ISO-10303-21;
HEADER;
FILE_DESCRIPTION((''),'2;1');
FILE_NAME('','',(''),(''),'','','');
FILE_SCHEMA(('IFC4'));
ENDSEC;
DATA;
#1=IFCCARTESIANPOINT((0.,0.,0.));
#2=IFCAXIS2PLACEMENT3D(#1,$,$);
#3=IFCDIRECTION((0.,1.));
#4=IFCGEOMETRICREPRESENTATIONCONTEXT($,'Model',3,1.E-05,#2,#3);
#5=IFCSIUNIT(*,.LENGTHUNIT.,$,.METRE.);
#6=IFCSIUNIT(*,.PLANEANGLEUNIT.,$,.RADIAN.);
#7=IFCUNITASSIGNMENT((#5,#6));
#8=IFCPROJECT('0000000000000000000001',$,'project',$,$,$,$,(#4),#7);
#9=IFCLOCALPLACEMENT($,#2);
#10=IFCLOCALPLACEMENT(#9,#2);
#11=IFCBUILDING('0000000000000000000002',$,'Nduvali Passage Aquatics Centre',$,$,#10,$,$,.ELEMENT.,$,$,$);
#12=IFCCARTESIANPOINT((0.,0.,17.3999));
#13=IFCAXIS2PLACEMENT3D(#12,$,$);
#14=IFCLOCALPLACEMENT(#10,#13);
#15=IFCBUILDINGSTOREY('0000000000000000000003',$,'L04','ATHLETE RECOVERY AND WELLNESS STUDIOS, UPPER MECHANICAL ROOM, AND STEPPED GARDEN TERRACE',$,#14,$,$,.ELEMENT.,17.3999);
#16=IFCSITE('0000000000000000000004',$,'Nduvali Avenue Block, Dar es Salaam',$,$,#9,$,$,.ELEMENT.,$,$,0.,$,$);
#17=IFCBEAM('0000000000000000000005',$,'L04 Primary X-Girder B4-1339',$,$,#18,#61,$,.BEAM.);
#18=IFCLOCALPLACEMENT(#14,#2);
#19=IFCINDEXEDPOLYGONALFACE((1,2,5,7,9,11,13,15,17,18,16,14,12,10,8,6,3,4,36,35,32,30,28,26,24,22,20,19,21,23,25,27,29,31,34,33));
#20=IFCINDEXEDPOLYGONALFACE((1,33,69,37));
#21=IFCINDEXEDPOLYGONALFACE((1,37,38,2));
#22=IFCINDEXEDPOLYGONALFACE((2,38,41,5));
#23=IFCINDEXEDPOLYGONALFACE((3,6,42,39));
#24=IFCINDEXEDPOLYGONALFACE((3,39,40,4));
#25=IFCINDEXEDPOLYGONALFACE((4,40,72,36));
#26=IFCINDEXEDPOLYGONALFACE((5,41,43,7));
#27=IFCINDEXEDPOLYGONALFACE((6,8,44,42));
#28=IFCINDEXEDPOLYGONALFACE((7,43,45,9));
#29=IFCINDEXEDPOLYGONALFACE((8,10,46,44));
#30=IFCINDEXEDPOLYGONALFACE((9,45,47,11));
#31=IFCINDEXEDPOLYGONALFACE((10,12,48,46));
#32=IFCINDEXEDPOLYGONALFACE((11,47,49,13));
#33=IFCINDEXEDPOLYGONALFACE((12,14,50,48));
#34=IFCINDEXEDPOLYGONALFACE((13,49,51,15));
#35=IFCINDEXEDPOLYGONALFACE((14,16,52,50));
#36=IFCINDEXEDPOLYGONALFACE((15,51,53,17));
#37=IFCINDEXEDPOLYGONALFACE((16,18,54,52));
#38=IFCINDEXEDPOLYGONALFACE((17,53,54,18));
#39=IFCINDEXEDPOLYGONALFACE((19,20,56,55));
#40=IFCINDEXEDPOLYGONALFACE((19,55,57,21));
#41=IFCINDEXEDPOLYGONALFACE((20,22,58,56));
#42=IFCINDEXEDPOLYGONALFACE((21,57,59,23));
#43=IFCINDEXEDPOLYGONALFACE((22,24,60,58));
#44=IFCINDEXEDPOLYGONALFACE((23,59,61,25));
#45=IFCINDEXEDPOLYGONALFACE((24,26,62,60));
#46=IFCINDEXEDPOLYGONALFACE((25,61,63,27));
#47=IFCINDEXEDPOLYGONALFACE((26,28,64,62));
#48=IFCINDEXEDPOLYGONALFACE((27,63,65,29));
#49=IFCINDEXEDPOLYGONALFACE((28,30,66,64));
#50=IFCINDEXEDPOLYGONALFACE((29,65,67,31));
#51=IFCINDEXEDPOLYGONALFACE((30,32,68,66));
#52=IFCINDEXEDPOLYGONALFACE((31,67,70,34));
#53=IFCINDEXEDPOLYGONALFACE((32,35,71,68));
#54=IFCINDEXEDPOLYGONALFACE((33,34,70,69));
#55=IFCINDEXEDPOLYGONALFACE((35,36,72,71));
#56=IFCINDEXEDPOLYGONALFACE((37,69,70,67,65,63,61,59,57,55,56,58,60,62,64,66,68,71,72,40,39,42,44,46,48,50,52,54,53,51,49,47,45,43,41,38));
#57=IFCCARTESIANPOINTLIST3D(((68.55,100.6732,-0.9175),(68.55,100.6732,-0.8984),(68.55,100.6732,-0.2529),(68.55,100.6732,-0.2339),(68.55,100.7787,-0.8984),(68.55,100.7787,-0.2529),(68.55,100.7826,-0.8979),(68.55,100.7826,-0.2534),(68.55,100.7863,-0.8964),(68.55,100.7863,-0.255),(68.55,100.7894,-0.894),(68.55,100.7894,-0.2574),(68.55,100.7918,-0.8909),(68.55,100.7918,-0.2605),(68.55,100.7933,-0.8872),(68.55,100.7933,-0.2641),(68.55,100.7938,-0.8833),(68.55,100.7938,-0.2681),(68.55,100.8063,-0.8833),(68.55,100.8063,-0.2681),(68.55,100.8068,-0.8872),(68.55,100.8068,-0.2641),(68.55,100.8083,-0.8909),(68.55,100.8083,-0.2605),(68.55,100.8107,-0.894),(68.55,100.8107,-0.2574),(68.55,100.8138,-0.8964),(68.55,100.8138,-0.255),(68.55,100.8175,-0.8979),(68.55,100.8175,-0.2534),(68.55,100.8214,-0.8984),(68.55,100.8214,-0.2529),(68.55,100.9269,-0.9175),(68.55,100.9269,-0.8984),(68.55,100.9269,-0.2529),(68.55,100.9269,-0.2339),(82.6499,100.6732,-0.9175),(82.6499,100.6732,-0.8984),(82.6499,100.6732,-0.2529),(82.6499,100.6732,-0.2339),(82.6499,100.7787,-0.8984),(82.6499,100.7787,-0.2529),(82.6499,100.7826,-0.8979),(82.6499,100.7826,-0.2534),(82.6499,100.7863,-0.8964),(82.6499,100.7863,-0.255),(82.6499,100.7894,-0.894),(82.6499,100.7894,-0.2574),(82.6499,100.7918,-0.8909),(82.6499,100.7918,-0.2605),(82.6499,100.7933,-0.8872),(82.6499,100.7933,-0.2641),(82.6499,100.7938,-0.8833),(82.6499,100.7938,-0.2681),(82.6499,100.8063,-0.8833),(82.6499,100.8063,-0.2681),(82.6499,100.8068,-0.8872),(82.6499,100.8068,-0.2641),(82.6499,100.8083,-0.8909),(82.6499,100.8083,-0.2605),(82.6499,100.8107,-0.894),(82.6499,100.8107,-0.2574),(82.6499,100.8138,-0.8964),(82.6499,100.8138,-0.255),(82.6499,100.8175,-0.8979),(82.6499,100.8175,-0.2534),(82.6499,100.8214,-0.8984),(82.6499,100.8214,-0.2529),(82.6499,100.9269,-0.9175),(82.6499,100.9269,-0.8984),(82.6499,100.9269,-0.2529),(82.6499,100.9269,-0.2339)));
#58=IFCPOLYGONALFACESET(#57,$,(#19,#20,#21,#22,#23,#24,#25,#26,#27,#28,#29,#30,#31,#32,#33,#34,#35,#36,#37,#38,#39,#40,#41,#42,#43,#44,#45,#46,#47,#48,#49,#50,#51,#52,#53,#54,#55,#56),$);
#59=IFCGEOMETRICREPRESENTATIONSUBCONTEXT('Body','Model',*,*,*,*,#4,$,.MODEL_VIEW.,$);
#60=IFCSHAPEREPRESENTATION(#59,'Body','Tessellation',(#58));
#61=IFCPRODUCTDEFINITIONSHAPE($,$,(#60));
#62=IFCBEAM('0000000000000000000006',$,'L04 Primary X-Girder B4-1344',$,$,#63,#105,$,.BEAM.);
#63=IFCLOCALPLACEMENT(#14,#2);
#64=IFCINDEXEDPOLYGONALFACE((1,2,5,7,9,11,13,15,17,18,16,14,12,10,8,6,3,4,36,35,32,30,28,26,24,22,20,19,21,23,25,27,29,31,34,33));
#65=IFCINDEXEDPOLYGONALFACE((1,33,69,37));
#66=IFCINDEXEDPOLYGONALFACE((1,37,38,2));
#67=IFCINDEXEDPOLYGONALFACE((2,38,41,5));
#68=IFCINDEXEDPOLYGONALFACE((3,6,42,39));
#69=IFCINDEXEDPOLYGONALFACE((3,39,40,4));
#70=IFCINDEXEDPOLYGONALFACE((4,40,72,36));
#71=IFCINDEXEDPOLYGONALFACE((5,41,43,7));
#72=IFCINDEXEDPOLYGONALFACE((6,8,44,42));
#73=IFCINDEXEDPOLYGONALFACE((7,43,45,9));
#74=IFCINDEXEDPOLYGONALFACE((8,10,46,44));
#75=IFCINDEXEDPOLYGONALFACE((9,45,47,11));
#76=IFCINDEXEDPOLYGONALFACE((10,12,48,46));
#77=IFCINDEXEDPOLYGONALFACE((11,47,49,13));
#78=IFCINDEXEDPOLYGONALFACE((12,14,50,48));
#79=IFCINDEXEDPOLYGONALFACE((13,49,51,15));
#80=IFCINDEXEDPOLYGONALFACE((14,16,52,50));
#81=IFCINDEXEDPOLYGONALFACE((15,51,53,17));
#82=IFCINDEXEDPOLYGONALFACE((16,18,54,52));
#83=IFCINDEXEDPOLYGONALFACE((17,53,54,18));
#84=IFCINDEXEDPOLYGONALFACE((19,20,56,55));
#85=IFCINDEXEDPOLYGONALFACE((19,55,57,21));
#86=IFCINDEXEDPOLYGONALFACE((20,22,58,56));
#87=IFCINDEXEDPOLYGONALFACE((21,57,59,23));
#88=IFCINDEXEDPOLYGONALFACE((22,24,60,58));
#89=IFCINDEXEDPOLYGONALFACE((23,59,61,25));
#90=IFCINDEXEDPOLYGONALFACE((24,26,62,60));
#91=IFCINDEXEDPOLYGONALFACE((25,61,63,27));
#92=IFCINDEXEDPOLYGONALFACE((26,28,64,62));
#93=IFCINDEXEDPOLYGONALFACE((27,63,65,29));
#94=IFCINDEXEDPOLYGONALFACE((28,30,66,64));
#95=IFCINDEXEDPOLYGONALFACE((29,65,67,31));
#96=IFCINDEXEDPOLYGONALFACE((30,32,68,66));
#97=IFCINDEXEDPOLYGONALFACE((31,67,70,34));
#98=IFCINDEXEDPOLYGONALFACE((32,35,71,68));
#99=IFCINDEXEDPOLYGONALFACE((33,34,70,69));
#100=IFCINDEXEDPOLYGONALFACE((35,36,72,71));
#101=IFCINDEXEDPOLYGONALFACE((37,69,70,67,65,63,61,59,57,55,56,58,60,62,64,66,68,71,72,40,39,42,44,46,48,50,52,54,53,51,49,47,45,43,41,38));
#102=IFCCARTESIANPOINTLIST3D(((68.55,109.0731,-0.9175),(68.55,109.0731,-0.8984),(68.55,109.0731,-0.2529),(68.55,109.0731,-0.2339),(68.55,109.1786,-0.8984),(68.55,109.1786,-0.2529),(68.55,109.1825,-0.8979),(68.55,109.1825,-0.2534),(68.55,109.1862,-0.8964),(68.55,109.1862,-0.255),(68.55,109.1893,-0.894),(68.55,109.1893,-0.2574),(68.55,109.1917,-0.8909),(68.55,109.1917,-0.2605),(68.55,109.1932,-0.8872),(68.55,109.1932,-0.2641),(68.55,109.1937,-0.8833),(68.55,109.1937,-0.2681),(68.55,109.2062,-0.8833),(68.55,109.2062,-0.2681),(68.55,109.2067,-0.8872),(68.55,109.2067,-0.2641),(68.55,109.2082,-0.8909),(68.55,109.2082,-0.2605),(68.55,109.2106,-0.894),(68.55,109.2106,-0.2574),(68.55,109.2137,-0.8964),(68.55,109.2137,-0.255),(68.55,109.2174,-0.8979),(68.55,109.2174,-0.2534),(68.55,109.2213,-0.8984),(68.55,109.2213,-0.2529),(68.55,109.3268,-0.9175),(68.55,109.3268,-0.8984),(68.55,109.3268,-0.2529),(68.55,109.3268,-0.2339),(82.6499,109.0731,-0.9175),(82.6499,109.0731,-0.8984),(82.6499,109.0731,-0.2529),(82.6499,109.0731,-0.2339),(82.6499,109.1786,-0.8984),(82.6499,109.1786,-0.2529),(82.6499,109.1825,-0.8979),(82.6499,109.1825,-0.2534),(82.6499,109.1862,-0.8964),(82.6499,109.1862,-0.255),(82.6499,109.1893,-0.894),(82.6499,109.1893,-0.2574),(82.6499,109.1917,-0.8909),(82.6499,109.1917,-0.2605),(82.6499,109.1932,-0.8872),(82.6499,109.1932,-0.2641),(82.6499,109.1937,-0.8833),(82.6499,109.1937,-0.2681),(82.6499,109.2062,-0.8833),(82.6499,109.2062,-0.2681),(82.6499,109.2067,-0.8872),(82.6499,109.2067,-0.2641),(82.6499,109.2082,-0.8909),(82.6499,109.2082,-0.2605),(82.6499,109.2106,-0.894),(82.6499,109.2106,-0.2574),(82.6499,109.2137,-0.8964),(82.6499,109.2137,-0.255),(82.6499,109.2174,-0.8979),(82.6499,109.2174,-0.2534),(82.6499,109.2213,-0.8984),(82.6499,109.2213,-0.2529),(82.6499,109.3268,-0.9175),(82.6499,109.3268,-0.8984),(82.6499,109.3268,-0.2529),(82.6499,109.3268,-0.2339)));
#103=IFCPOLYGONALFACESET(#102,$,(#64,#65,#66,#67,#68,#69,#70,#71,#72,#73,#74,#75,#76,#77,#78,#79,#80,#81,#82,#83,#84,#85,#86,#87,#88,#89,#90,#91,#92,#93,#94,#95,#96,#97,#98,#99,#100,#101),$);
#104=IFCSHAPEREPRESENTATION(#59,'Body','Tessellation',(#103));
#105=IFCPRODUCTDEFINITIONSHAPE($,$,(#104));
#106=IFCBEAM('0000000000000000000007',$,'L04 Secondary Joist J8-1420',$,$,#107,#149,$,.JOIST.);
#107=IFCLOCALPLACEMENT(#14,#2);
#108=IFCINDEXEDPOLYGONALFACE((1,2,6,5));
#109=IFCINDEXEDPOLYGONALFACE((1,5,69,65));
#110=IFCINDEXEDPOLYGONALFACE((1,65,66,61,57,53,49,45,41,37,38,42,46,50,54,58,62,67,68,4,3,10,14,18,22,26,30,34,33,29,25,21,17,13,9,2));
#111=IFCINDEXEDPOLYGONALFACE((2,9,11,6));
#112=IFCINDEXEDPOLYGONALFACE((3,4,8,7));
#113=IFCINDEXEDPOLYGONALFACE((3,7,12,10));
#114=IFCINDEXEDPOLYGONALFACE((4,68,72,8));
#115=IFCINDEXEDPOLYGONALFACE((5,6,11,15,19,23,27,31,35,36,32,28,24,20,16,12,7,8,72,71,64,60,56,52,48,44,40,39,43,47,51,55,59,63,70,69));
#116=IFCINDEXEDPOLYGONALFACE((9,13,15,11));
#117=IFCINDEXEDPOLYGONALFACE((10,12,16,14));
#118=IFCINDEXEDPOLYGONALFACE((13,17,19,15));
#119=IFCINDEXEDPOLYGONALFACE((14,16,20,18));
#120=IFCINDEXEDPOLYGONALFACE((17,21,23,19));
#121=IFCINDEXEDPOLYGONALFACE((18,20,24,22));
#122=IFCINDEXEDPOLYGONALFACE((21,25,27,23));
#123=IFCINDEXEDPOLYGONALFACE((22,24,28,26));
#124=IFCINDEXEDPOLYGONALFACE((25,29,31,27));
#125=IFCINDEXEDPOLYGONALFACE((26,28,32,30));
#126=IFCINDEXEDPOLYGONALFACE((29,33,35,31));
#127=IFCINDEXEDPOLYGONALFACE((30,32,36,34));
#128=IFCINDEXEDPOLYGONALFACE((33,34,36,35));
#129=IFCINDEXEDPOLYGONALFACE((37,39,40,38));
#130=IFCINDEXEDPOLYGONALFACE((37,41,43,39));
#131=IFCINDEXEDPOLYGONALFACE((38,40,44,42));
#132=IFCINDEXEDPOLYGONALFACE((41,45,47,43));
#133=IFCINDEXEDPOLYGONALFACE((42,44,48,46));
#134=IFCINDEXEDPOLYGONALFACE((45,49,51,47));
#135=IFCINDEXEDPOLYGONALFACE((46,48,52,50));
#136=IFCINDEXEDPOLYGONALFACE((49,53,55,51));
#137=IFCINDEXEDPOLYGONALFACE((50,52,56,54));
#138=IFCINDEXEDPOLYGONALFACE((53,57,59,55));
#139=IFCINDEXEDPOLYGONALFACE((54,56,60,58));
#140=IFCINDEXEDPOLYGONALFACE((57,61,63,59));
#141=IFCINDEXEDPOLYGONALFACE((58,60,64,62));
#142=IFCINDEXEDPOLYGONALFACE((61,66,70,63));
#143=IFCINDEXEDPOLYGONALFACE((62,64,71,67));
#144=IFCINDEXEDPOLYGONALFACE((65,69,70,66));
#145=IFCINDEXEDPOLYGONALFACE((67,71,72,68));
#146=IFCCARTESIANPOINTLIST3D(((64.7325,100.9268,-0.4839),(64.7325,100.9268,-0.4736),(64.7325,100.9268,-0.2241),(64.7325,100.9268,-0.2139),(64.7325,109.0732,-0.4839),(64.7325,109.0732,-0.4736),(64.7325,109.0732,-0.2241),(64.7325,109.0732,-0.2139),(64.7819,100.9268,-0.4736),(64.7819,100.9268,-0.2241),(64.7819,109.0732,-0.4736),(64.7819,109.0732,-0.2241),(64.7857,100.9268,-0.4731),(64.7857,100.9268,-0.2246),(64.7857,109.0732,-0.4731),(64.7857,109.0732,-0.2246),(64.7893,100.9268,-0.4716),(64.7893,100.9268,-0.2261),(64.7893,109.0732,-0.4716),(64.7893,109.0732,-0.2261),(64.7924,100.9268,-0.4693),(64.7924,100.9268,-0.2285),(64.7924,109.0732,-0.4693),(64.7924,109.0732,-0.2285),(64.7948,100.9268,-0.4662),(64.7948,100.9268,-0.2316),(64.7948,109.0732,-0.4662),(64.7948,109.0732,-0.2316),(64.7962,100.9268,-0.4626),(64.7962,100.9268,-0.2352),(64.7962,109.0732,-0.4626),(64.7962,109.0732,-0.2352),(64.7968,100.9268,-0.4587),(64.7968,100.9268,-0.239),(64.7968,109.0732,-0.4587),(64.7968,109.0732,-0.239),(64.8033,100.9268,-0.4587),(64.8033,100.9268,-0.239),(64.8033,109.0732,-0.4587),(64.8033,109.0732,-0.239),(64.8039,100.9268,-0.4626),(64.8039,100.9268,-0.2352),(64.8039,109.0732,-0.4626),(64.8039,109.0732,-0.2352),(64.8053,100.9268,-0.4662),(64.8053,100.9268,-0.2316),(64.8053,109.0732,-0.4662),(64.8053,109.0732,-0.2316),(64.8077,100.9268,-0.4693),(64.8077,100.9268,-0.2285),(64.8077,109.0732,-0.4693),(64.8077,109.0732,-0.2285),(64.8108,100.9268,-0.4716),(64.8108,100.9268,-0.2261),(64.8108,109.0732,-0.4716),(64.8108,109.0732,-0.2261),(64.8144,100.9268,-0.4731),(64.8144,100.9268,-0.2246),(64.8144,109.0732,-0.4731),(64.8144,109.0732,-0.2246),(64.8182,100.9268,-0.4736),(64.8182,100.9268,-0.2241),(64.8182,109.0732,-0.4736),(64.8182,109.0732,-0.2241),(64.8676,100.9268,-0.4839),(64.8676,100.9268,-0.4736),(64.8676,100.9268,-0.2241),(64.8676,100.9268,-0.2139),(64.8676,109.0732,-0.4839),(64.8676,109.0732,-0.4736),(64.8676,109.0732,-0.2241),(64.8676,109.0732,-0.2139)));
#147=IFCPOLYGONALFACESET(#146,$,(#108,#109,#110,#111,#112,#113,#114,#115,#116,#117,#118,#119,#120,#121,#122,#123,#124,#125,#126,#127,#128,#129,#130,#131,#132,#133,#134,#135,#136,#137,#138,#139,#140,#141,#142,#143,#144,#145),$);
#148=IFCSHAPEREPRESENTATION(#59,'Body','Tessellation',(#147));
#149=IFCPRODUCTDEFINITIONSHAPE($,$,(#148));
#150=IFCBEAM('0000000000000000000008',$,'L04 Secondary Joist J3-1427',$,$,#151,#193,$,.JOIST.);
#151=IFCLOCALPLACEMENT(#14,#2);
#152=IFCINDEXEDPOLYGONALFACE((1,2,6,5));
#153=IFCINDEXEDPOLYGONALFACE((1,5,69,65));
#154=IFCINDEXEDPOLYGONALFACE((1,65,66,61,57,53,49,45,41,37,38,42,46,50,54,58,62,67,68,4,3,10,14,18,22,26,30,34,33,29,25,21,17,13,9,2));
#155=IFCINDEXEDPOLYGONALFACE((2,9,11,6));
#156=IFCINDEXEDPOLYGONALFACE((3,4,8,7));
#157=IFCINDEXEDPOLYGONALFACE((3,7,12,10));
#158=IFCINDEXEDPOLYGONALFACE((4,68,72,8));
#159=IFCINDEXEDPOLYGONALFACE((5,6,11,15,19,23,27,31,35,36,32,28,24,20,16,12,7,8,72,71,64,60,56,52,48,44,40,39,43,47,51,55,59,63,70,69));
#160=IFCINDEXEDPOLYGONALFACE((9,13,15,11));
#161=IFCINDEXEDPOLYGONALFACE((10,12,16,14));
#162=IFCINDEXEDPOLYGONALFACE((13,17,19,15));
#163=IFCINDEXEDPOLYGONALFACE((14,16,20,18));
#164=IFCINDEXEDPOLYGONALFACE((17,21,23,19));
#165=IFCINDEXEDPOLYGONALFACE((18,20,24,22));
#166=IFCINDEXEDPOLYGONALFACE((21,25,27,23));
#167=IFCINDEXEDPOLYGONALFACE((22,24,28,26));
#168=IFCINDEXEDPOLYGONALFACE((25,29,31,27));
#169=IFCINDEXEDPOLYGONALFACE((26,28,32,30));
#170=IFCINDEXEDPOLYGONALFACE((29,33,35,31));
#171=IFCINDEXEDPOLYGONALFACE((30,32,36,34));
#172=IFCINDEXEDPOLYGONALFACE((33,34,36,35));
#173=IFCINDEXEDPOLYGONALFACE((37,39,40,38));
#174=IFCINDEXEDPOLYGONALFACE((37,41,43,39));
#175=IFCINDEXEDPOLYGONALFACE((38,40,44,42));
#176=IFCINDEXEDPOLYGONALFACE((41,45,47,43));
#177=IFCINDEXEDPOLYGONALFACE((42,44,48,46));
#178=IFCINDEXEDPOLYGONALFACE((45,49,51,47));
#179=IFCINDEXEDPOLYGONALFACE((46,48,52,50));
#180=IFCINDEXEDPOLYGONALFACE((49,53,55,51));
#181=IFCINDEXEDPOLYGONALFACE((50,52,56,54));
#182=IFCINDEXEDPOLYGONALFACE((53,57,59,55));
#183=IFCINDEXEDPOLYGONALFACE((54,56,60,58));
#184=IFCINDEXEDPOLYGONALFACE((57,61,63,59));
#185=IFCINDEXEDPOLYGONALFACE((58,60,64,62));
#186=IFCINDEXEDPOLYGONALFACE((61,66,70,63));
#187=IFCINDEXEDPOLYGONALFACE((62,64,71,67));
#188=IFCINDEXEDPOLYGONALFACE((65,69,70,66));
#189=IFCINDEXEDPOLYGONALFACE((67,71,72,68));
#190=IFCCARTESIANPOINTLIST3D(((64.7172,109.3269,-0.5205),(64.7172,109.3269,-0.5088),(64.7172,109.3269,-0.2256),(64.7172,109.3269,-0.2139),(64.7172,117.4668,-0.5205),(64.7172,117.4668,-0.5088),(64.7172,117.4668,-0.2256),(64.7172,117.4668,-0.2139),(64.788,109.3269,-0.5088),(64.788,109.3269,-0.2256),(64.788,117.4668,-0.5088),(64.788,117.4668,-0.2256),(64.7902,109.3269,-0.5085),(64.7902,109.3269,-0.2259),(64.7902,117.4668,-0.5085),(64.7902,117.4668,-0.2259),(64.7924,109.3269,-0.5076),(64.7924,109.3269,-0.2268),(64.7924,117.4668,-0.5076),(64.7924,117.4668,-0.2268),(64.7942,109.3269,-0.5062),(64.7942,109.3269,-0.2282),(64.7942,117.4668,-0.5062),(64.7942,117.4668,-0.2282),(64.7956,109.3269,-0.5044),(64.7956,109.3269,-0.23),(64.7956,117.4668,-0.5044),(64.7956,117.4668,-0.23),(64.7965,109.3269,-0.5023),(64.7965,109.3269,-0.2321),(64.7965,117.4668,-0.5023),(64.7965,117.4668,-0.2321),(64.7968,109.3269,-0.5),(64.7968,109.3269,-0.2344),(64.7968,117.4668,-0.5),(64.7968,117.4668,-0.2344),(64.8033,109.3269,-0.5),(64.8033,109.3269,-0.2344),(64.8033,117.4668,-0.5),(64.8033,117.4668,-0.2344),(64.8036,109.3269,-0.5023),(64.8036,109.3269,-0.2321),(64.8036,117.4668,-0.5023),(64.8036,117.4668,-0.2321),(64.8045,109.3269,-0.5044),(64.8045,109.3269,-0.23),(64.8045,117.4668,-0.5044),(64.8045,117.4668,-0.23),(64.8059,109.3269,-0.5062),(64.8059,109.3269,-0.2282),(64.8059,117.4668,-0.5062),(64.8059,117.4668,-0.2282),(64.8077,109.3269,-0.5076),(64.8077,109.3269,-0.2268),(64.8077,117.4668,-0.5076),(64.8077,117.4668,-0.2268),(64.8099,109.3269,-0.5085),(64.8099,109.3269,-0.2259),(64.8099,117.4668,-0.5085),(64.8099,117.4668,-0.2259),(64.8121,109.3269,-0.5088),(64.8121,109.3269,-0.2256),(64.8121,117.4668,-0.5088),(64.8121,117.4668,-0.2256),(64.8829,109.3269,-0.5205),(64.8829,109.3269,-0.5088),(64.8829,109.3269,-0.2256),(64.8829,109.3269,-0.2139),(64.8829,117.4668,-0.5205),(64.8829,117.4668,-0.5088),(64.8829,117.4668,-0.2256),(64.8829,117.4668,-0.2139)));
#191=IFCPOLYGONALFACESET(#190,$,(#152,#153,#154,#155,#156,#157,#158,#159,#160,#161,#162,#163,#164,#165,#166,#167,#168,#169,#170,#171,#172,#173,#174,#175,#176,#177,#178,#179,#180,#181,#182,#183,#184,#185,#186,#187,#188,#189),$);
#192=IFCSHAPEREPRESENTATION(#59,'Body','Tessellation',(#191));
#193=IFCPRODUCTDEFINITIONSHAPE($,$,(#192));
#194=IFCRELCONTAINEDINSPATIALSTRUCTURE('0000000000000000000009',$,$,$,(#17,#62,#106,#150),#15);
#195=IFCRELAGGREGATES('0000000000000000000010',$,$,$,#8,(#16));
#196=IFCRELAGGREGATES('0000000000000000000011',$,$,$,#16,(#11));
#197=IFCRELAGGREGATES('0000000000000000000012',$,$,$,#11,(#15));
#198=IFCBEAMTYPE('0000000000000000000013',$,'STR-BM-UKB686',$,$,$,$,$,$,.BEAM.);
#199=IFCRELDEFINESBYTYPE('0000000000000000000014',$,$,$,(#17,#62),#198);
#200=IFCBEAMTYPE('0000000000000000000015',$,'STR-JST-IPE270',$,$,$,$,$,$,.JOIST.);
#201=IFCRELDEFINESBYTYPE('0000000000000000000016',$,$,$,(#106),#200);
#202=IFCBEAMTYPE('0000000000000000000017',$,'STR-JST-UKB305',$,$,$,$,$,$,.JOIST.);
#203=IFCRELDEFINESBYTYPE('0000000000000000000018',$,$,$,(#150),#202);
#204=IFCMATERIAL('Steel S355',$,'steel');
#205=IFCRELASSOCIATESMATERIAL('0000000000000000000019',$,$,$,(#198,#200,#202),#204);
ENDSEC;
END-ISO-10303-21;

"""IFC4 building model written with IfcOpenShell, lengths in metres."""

from ifc_helpers import new_model, si_unit, direction, frame, origin, origin_2d, place, context, subcontext, project, spatial, i_section, extrude, material, material_profile, profile_set, type_object, element, save


model = new_model("IFC4")

# Units and contexts
model_context = context("Model", 3, precision=1e-05, world=origin(), true_north=direction((0.0, 1.0)))
body_context = subcontext(model_context, "Body", "Model", "MODEL_VIEW")
ifc_project = project(units=[si_unit("LENGTHUNIT", "METRE"), si_unit("PLANEANGLEUNIT", "RADIAN")], contexts=[model_context])

# Site, building, storey
site_placement = place(None, origin())
site = spatial("IfcSite", under=ifc_project, at=site_placement, Name="Nduvali Avenue Block, Dar es Salaam", CompositionType="ELEMENT", RefElevation=0.0)
building_placement = place(site_placement, origin())
building = spatial("IfcBuilding", under=site, at=building_placement, Name="Nduvali Passage Aquatics Centre", CompositionType="ELEMENT")
storey_placement = place(building_placement, frame((0.0, 0.0, 17.3999)))
storey = spatial("IfcBuildingStorey", under=building, at=storey_placement, Name="L04", Description="ATHLETE RECOVERY AND WELLNESS STUDIOS, UPPER MECHANICAL ROOM, AND STEPPED GARDEN TERRACE", CompositionType="ELEMENT", Elevation=17.3999)

# Shared definitions
ifc_material_1 = material(Name="Steel S355", Category="steel")

# Beams
ifc_material_profile_1 = material_profile(ifc_material_1, i_section(OverallWidth=0.2537, OverallDepth=0.6836, WebThickness=0.0125, FlangeThickness=0.019, FilletRadius=0.0151, at=origin_2d()), Name="UKB 686x254x140")
ifc_profile_set_1 = profile_set([ifc_material_profile_1], Name="Steel S355")
beam_type_1 = type_object("IfcBeamType", Name="STR-BM-UKB686", PredefinedType="BEAM", material=ifc_profile_set_1)
for number, where, z_axis, x_axis, name in (
    (1, (68.55, 100.8, -0.5757), (1.0, 0.0, 0.0), (0.0, 1.0, 0.0), "L04 Primary X-Girder B4-1339"),
    (2, (68.55, 109.2, -0.5757), (1.0, 0.0, 0.0), (0.0, 1.0, 0.0), "L04 Primary X-Girder B4-1344"),
):
    element("IfcBeam", number, at=place(storey_placement, frame(where, z_axis=z_axis, x_axis=x_axis)), inside=storey, type_object=beam_type_1, Name=name, PredefinedType="BEAM", context=body_context, shape_type="SweptSolid", body=[
        extrude(i_section(OverallWidth=0.2537, OverallDepth=0.6836, WebThickness=0.0125, FlangeThickness=0.019, FilletRadius=0.0151, at=origin_2d()), origin(), (0.0, 0.0, 1.0), 14.0999),
    ])
ifc_material_profile_2 = material_profile(ifc_material_1, i_section(OverallWidth=0.135, OverallDepth=0.27, WebThickness=0.0066, FlangeThickness=0.0103, FilletRadius=0.0149, at=origin_2d()), Name="IPE 270")
ifc_profile_set_2 = profile_set([ifc_material_profile_2], Name="Steel S355")
beam_type_2 = type_object("IfcBeamType", Name="STR-JST-IPE270", PredefinedType="JOIST", material=ifc_profile_set_2)
beam_1_placement = place(storey_placement, frame((64.8, 100.9268, -0.3489), z_axis=(0.0, 1.0, 0.0), x_axis=(-1.0, 0.0, 0.0)))
element("IfcBeam", 3, at=beam_1_placement, inside=storey, type_object=beam_type_2, Name="L04 Secondary Joist J8-1420", PredefinedType="JOIST", context=body_context, shape_type="SweptSolid", body=[
    extrude(i_section(OverallWidth=0.135, OverallDepth=0.27, WebThickness=0.0066, FlangeThickness=0.0103, FilletRadius=0.0149, at=origin_2d()), origin(), (0.0, 0.0, 1.0), 8.1465),
])
ifc_material_profile_3 = material_profile(ifc_material_1, i_section(OverallWidth=0.1658, OverallDepth=0.3066, WebThickness=0.0066, FlangeThickness=0.0117, FilletRadius=0.0088, at=origin_2d()), Name="UKB 305x165x46")
ifc_profile_set_3 = profile_set([ifc_material_profile_3], Name="Steel S355")
beam_type_3 = type_object("IfcBeamType", Name="STR-JST-UKB305", PredefinedType="JOIST", material=ifc_profile_set_3)
beam_2_placement = place(storey_placement, frame((64.8, 109.3269, -0.3672), z_axis=(0.0, 1.0, 0.0), x_axis=(-1.0, 0.0, 0.0)))
element("IfcBeam", 4, at=beam_2_placement, inside=storey, type_object=beam_type_3, Name="L04 Secondary Joist J3-1427", PredefinedType="JOIST", context=body_context, shape_type="SweptSolid", body=[
    extrude(i_section(OverallWidth=0.1658, OverallDepth=0.3066, WebThickness=0.0066, FlangeThickness=0.0117, FilletRadius=0.0088, at=origin_2d()), origin(), (0.0, 0.0, 1.0), 8.1399),
])

save(model, "model.ifc")
